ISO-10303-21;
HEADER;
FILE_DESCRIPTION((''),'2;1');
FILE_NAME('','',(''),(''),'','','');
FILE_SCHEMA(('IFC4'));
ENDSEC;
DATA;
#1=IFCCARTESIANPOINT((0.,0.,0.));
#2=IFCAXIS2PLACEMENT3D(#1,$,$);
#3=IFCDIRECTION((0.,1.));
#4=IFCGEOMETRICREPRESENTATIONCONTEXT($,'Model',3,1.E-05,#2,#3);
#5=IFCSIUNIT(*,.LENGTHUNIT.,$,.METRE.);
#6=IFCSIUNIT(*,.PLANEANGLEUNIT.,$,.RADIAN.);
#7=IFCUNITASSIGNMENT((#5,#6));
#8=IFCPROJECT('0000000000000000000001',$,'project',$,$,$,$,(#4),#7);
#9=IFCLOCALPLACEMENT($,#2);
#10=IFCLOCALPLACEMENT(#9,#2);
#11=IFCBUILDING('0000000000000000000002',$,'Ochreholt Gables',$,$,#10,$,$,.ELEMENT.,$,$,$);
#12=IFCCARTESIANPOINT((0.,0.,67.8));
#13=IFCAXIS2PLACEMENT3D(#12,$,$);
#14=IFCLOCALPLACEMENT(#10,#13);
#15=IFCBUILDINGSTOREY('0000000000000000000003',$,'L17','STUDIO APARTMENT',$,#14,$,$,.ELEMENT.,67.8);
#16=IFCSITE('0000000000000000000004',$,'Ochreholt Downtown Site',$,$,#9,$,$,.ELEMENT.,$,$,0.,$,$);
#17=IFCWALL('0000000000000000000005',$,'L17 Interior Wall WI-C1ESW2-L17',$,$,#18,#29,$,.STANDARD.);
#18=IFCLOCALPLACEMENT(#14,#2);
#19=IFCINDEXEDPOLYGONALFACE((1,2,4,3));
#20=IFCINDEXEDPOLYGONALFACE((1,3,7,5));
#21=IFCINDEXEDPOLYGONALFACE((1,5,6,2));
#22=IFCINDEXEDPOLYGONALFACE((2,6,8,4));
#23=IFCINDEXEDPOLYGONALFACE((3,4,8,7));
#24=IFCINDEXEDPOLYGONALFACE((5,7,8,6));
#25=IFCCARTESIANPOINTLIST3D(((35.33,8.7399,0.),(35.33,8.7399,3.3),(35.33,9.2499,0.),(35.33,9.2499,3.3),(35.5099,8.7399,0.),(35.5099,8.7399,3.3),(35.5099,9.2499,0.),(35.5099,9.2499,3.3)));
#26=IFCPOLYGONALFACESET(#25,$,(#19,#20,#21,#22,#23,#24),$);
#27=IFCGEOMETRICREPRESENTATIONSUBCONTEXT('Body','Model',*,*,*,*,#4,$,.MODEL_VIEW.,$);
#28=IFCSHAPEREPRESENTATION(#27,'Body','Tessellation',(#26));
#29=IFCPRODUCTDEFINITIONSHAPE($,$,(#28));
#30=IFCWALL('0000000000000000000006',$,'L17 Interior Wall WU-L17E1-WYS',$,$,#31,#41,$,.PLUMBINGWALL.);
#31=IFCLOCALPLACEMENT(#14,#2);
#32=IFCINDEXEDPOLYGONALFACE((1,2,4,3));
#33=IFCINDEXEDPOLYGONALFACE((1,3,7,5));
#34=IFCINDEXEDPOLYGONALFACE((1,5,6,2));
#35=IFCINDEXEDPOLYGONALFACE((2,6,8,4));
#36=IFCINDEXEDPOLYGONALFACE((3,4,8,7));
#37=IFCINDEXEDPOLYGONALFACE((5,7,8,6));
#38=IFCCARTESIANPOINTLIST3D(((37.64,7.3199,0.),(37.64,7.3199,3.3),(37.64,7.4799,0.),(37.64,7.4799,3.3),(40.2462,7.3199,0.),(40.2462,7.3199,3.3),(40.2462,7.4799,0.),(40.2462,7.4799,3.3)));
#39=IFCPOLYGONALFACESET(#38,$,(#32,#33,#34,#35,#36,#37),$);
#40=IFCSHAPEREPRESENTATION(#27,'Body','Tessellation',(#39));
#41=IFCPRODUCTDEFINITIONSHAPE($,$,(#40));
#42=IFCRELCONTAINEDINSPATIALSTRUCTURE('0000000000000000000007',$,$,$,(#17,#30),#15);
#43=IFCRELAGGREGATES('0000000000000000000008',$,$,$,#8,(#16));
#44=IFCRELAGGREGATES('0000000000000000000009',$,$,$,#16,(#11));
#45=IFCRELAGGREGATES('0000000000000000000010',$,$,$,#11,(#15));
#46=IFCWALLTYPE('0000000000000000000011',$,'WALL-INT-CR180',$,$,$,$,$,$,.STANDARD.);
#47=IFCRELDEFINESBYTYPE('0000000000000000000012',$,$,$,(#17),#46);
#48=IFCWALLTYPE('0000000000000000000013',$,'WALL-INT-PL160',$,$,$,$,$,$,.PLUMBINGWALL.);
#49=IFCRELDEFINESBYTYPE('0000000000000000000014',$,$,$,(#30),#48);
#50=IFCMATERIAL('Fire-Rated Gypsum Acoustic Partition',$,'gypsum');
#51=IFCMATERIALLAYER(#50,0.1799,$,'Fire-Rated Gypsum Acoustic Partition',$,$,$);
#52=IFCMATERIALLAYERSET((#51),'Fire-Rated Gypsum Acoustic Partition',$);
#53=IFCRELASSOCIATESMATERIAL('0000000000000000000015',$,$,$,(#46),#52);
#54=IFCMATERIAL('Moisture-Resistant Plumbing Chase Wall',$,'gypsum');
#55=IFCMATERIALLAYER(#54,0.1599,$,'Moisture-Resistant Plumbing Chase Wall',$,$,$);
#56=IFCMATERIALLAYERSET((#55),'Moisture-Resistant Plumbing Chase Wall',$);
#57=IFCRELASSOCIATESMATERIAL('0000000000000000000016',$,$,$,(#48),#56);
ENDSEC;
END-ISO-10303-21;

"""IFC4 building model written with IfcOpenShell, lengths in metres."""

from ifc_helpers import new_model, si_unit, direction, frame, frame_2d, origin, place, context, subcontext, project, spatial, rectangle, extrude, material, layer, layer_set, type_object, element, save


model = new_model("IFC4")

# Units and contexts
model_context = context("Model", 3, precision=1e-05, world=origin(), true_north=direction((0.0, 1.0)))
body_context = subcontext(model_context, "Body", "Model", "MODEL_VIEW")
ifc_project = project(units=[si_unit("LENGTHUNIT", "METRE"), si_unit("PLANEANGLEUNIT", "RADIAN")], contexts=[model_context])

# Site, building, storey
site_placement = place(None, origin())
site = spatial("IfcSite", under=ifc_project, at=site_placement, Name="Ochreholt Downtown Site", CompositionType="ELEMENT", RefElevation=0.0)
building_placement = place(site_placement, origin())
building = spatial("IfcBuilding", under=site, at=building_placement, Name="Ochreholt Gables", CompositionType="ELEMENT")
storey_placement = place(building_placement, frame((0.0, 0.0, 67.8)))
storey = spatial("IfcBuildingStorey", under=building, at=storey_placement, Name="L17", Description="STUDIO APARTMENT", CompositionType="ELEMENT", Elevation=67.8)

# Shared definitions
ifc_material_1 = material(Name="Fire-Rated Gypsum Acoustic Partition", Category="gypsum")
ifc_layer_1 = layer(ifc_material_1, 0.1799, Name="Fire-Rated Gypsum Acoustic Partition")
ifc_layer_set_1 = layer_set([ifc_layer_1], Name="Fire-Rated Gypsum Acoustic Partition")
wall_type_1 = type_object("IfcWallType", Name="WALL-INT-CR180", PredefinedType="STANDARD", material=ifc_layer_set_1)

# Walls
wall_1_placement = place(storey_placement, frame((35.4199, 8.74, 0.0), z_axis=(0.0, 0.0, 1.0), x_axis=(0.0, 1.0, 0.0)))
element("IfcWall", 1, at=wall_1_placement, inside=storey, type_object=wall_type_1, Name="L17 Interior Wall WI-C1ESW2-L17", PredefinedType="STANDARD", context=body_context, shape_type="SweptSolid", body=[
    extrude(rectangle(XDim=0.51, YDim=0.1799, at=frame_2d((0.2549, 0.0))), origin(), (0.0, 0.0, 1.0), 3.3),
])
ifc_material_2 = material(Name="Moisture-Resistant Plumbing Chase Wall", Category="gypsum")
ifc_layer_2 = layer(ifc_material_2, 0.1599, Name="Moisture-Resistant Plumbing Chase Wall")
ifc_layer_set_2 = layer_set([ifc_layer_2], Name="Moisture-Resistant Plumbing Chase Wall")
wall_type_2 = type_object("IfcWallType", Name="WALL-INT-PL160", PredefinedType="PLUMBINGWALL", material=ifc_layer_set_2)
wall_2_placement = place(storey_placement, frame((37.6399, 7.3999, 0.0), z_axis=(0.0, 0.0, 1.0), x_axis=(1.0, 0.0, 0.0)))
element("IfcWall", 2, at=wall_2_placement, inside=storey, type_object=wall_type_2, Name="L17 Interior Wall WU-L17E1-WYS", PredefinedType="PLUMBINGWALL", context=body_context, shape_type="SweptSolid", body=[
    extrude(rectangle(XDim=2.6062, YDim=0.1599, at=frame_2d((1.3032, 0.0))), origin(), (0.0, 0.0, 1.0), 3.3),
])

save(model, "model.ifc")
